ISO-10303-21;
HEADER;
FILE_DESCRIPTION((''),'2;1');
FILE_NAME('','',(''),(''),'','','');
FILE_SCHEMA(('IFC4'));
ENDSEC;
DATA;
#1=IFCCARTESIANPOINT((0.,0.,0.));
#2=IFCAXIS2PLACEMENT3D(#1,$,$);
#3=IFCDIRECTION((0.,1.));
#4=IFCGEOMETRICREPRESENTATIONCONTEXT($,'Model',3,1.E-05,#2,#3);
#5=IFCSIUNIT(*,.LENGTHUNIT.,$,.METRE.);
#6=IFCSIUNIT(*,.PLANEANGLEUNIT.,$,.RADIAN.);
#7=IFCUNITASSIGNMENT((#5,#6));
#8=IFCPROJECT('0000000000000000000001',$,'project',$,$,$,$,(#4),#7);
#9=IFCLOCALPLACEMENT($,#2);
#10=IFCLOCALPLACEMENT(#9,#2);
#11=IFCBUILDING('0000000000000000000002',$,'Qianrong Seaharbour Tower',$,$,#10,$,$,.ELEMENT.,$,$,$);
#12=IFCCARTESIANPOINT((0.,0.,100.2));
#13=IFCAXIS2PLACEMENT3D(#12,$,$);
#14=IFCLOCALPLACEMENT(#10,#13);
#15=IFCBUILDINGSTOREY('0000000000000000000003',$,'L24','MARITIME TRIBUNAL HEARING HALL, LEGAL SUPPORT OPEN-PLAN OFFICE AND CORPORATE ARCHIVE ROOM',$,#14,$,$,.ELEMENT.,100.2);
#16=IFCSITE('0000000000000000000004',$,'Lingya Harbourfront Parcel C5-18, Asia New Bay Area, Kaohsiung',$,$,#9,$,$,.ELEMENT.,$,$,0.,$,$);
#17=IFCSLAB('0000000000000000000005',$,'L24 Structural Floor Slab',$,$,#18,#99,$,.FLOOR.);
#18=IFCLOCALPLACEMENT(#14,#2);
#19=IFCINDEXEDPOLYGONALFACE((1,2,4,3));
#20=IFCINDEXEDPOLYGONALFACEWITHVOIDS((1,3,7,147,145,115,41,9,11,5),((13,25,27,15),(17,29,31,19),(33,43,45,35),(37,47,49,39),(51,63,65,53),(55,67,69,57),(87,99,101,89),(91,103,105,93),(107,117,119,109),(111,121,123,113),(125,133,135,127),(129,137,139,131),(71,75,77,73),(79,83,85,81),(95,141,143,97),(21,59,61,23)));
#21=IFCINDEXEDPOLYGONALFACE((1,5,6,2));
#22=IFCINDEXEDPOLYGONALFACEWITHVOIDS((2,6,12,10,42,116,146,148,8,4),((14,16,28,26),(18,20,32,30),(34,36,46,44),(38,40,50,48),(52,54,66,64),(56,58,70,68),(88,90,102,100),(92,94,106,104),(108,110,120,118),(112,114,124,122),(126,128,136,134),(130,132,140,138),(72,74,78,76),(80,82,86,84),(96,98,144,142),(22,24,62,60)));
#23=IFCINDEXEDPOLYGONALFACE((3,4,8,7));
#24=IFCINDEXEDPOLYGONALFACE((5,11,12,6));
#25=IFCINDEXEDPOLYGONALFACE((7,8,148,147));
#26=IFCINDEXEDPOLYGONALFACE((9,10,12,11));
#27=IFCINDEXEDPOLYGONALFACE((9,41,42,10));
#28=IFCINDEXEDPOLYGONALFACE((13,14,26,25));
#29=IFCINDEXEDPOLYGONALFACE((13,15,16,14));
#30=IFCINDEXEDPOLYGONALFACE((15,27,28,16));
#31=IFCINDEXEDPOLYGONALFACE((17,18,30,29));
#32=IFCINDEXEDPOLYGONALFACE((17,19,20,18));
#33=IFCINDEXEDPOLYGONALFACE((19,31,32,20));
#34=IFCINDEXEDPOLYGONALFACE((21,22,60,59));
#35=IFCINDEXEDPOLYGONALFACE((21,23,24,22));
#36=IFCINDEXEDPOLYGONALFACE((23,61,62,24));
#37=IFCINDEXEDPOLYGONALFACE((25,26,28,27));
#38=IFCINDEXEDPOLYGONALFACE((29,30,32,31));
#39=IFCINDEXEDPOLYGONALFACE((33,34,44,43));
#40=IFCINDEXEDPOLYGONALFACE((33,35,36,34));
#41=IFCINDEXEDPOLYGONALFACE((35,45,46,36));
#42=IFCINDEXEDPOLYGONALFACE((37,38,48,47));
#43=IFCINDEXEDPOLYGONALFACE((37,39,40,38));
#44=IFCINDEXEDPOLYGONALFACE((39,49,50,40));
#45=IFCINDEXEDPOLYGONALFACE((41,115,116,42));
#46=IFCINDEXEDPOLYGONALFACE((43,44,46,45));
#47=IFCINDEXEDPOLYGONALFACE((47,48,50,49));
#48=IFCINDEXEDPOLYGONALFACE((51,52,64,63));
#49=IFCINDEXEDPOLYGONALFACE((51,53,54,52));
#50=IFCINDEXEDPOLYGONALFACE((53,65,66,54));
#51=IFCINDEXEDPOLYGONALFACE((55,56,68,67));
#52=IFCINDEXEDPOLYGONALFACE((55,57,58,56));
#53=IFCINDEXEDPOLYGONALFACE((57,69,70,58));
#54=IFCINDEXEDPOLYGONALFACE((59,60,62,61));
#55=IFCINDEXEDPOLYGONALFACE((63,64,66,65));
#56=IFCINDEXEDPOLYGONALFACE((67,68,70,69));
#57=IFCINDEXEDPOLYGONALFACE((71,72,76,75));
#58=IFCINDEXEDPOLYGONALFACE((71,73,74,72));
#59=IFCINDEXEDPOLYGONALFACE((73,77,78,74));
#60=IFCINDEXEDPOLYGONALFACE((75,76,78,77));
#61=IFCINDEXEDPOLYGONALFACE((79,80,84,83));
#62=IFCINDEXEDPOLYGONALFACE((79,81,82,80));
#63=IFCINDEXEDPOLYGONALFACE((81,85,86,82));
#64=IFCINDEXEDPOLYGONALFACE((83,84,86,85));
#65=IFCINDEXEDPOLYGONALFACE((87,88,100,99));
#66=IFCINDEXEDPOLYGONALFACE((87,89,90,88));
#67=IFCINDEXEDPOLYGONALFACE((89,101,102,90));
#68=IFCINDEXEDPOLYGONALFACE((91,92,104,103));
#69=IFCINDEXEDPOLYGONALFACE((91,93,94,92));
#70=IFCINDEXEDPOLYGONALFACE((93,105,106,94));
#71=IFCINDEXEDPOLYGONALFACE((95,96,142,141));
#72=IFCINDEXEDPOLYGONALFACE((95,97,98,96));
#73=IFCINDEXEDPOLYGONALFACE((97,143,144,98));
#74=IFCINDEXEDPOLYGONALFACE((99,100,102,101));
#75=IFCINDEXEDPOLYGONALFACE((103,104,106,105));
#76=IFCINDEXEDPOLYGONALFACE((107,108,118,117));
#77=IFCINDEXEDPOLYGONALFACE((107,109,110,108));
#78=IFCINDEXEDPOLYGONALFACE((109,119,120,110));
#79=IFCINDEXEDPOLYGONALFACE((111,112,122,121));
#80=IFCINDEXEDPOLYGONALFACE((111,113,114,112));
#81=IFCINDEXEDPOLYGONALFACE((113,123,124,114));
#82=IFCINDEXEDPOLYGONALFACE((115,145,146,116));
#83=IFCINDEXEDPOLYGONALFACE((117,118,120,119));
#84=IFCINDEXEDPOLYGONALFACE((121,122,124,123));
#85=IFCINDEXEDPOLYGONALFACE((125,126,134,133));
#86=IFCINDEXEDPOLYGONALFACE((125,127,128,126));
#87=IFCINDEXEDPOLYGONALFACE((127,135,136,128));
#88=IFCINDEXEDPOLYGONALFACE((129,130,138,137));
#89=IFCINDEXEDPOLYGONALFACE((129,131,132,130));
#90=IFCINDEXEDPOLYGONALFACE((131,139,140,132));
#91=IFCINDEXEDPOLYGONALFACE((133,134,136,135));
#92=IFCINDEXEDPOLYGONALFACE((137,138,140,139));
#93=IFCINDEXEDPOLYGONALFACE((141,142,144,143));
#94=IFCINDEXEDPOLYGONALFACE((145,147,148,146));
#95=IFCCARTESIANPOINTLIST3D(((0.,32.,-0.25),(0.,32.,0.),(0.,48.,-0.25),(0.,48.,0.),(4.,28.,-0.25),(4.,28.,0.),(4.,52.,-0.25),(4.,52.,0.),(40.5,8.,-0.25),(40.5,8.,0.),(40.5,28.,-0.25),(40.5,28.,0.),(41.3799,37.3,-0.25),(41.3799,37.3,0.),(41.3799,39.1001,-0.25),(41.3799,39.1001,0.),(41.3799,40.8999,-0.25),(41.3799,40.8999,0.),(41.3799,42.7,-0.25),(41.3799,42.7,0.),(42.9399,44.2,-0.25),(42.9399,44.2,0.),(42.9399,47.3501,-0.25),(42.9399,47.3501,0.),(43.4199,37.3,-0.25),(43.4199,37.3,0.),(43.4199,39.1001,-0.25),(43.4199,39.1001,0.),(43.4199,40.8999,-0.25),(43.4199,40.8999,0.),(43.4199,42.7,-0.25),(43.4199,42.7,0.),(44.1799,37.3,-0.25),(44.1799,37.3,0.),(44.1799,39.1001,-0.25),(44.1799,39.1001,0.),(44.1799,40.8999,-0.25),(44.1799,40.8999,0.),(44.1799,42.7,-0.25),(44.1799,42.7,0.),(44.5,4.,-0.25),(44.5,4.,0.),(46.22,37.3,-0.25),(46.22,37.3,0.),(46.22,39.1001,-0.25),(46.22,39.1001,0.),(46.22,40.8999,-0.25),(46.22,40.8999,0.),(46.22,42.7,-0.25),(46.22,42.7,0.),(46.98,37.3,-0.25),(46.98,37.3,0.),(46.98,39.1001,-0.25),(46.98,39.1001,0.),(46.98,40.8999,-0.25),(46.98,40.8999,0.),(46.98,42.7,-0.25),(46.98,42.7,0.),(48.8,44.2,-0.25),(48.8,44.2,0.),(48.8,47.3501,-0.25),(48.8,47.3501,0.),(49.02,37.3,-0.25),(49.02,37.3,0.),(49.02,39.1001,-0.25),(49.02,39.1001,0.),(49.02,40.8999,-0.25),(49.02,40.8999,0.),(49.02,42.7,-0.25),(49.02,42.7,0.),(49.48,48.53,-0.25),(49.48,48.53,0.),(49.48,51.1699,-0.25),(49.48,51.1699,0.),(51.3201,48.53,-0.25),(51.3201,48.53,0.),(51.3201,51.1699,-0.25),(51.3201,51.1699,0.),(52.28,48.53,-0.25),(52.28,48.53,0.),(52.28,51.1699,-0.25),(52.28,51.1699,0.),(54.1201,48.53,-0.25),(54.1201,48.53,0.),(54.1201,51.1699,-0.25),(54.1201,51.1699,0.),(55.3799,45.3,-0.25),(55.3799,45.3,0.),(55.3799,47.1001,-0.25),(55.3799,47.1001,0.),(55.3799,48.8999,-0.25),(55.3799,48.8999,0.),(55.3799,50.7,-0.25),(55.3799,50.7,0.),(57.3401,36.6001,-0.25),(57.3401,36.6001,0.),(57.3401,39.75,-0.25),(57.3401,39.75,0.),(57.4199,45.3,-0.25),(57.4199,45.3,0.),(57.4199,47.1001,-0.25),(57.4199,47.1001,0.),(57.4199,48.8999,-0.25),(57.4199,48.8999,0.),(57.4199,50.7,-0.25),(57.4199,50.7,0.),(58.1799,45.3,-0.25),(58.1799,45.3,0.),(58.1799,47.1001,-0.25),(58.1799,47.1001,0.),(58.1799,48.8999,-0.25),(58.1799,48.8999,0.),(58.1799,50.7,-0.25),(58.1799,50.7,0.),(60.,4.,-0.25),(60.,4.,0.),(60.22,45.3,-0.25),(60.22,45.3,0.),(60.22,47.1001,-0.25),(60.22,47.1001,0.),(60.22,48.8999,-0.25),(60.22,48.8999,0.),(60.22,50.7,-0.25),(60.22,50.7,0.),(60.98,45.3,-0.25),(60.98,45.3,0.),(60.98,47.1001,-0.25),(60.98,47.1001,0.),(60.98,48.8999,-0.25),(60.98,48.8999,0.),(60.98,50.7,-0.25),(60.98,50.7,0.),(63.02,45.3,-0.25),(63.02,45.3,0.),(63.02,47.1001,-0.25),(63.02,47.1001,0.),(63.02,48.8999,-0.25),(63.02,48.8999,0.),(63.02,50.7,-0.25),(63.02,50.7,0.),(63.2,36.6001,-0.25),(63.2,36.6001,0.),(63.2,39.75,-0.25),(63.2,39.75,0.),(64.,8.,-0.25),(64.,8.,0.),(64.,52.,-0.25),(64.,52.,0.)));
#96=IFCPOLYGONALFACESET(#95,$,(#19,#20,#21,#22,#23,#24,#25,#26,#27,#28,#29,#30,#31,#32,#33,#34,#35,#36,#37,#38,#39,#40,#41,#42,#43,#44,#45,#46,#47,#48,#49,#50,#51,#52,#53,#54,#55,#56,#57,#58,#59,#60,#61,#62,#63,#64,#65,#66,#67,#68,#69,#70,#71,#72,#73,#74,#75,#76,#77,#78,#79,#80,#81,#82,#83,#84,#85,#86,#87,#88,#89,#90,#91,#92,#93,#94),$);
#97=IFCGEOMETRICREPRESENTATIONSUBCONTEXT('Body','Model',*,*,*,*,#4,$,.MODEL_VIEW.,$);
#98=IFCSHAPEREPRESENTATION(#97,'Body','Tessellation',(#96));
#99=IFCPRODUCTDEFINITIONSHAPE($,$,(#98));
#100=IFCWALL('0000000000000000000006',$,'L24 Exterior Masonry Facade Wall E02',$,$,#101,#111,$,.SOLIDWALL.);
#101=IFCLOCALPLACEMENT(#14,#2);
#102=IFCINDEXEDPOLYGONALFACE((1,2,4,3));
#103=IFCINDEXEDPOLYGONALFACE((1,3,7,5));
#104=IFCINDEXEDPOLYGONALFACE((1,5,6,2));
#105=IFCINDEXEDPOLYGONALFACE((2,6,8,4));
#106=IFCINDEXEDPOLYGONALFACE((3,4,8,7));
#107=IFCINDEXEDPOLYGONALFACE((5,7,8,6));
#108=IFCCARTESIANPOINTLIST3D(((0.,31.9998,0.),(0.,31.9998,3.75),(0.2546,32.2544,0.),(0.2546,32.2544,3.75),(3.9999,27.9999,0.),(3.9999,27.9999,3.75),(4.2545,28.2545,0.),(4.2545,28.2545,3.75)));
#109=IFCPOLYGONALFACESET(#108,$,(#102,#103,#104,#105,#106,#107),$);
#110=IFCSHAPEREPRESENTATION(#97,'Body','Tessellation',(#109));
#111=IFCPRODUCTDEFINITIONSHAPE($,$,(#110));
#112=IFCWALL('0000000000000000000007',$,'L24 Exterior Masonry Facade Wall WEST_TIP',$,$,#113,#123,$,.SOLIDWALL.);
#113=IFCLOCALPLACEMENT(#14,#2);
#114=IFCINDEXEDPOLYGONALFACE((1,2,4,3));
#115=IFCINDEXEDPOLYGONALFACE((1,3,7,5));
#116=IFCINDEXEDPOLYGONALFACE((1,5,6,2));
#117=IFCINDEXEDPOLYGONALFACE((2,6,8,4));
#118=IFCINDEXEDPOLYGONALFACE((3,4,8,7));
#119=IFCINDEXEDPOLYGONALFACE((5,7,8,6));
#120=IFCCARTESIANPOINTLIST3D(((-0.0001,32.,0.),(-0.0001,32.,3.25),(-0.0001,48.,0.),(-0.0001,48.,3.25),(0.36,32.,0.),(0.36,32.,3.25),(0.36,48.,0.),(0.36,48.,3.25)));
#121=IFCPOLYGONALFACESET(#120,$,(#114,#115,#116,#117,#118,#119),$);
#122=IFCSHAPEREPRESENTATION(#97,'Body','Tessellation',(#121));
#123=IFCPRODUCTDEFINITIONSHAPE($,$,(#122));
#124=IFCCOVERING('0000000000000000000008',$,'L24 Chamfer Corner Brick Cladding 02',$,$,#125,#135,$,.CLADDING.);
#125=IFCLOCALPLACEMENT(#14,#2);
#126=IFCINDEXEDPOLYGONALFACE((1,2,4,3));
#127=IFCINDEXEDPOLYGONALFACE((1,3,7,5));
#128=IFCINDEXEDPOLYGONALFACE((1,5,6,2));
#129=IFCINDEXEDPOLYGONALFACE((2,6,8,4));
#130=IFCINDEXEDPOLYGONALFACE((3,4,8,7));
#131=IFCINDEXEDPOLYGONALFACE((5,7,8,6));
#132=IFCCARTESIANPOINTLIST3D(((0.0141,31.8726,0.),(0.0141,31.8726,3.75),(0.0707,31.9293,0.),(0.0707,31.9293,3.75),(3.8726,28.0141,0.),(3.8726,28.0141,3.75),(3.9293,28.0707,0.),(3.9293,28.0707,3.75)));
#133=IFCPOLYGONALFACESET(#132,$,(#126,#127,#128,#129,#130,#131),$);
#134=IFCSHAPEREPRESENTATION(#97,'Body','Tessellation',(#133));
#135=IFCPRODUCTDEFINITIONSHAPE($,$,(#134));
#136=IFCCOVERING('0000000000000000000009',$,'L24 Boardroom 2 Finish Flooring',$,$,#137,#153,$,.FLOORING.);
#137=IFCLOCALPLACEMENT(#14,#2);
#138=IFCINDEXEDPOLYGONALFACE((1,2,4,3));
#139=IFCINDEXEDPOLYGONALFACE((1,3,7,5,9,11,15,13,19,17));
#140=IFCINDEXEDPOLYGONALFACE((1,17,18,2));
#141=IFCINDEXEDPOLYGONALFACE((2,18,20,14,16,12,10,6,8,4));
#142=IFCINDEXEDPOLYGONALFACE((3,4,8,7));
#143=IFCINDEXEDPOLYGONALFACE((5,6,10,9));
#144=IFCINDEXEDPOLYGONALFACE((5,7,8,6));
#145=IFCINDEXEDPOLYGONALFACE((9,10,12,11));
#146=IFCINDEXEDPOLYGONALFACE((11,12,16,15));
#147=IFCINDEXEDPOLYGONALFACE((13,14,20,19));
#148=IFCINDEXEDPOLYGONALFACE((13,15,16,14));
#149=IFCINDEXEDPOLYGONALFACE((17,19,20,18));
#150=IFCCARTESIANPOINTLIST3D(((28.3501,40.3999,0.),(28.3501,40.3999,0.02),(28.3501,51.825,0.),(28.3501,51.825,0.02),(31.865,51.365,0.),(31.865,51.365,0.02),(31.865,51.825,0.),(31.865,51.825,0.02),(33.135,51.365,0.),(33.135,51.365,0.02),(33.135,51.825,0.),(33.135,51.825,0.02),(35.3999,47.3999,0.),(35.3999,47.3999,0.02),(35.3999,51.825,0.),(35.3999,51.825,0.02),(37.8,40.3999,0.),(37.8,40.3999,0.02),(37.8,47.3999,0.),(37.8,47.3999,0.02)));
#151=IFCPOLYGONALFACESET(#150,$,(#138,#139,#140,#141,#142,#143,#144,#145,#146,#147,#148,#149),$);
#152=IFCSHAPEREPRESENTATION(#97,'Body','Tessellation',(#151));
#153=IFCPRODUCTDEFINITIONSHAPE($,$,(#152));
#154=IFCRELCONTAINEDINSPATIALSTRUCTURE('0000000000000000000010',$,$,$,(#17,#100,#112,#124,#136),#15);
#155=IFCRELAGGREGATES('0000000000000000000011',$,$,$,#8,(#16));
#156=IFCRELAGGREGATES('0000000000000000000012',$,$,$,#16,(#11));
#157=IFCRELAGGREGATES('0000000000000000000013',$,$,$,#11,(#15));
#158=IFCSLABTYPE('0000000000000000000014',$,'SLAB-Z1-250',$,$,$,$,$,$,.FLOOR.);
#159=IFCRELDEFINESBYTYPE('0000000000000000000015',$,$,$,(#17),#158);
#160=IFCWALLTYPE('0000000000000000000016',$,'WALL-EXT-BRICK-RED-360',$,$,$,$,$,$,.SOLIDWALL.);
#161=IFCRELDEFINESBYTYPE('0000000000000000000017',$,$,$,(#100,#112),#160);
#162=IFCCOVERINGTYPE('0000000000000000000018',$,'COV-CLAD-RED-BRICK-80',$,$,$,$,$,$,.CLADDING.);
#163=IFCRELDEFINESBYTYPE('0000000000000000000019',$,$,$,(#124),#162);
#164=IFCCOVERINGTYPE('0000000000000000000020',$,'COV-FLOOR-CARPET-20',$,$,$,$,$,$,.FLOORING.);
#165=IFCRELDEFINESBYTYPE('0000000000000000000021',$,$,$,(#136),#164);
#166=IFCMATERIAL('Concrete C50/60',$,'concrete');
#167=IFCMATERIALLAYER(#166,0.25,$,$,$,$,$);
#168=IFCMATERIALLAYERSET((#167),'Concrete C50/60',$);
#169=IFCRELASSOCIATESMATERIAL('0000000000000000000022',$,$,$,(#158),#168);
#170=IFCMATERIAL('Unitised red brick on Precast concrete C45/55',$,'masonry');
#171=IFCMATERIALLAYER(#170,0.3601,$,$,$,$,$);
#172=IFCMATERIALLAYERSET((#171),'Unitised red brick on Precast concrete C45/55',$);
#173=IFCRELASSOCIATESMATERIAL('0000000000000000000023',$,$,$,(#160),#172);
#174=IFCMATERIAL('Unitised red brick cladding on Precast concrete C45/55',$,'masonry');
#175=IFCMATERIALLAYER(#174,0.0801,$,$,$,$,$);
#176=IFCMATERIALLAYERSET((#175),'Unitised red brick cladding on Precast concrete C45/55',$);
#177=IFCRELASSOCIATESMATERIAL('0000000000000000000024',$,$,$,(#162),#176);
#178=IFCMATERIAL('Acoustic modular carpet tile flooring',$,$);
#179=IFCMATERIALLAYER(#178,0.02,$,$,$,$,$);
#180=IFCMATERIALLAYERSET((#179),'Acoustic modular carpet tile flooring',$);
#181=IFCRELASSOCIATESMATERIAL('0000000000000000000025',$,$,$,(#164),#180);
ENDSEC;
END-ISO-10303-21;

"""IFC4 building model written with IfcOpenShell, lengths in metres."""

from ifc_helpers import new_model, si_unit, direction, frame, frame_2d, origin, origin_2d, place, context, subcontext, project, spatial, polyline, rectangle, outline, extrude, material, layer, layer_set, type_object, element, save


model = new_model("IFC4")

# Units and contexts
model_context = context("Model", 3, precision=1e-05, world=origin(), true_north=direction((0.0, 1.0)))
body_context = subcontext(model_context, "Body", "Model", "MODEL_VIEW")
ifc_project = project(units=[si_unit("LENGTHUNIT", "METRE"), si_unit("PLANEANGLEUNIT", "RADIAN")], contexts=[model_context])

# Site, building, storey
site_placement = place(None, origin())
site = spatial("IfcSite", under=ifc_project, at=site_placement, Name="Lingya Harbourfront Parcel C5-18, Asia New Bay Area, Kaohsiung", CompositionType="ELEMENT", RefElevation=0.0)
building_placement = place(site_placement, origin())
building = spatial("IfcBuilding", under=site, at=building_placement, Name="Qianrong Seaharbour Tower", CompositionType="ELEMENT")
storey_placement = place(building_placement, frame((0.0, 0.0, 100.2)))
storey = spatial("IfcBuildingStorey", under=building, at=storey_placement, Name="L24", Description="MARITIME TRIBUNAL HEARING HALL, LEGAL SUPPORT OPEN-PLAN OFFICE AND CORPORATE ARCHIVE ROOM", CompositionType="ELEMENT", Elevation=100.2)

# Shared definitions
ifc_material_1 = material(Name="Concrete C50/60", Category="concrete")

# Slab
ifc_layer_1 = layer(ifc_material_1, 0.25)
ifc_layer_set_1 = layer_set([ifc_layer_1], Name="Concrete C50/60")
slab_type_1 = type_object("IfcSlabType", Name="SLAB-Z1-250", PredefinedType="FLOOR", material=ifc_layer_set_1)
slab_1_placement = place(storey_placement, frame((0.0, 0.0, -0.25)))
element("IfcSlab", 1, at=slab_1_placement, inside=storey, type_object=slab_type_1, Name="L24 Structural Floor Slab", PredefinedType="FLOOR", context=body_context, shape_type="SweptSolid", body=[
    extrude(outline(polyline([(44.5, 4.0), (60.0, 4.0), (64.0, 8.0), (64.0, 52.0), (4.0, 52.0), (0.0, 48.0), (0.0, 32.0), (4.0, 28.0), (40.5, 28.0), (40.5, 8.0), (44.5, 4.0)]), holes=[polyline([(42.9399, 44.2), (42.9399, 47.3501), (48.8, 47.3501), (48.8, 44.2), (42.9399, 44.2)]), polyline([(57.3401, 36.6001), (57.3401, 39.75), (63.2, 39.75), (63.2, 36.6001), (57.3401, 36.6001)]), polyline([(49.48, 48.53), (49.48, 51.1699), (51.3201, 51.1699), (51.3201, 48.53), (49.48, 48.53)]), polyline([(52.28, 48.53), (52.28, 51.1699), (54.1201, 51.1699), (54.1201, 48.53), (52.28, 48.53)]), polyline([(41.3799, 37.3), (41.3799, 39.1001), (43.4199, 39.1001), (43.4199, 37.3), (41.3799, 37.3)]), polyline([(44.1799, 37.3), (44.1799, 39.1001), (46.22, 39.1001), (46.22, 37.3), (44.1799, 37.3)]), polyline([(46.98, 37.3), (46.98, 39.1001), (49.02, 39.1001), (49.02, 37.3), (46.98, 37.3)]), polyline([(41.3799, 40.8999), (41.3799, 42.7), (43.4199, 42.7), (43.4199, 40.8999), (41.3799, 40.8999)]), polyline([(44.1799, 40.8999), (44.1799, 42.7), (46.22, 42.7), (46.22, 40.8999), (44.1799, 40.8999)]), polyline([(46.98, 40.8999), (46.98, 42.7), (49.02, 42.7), (49.02, 40.8999), (46.98, 40.8999)]), polyline([(55.3799, 45.3), (55.3799, 47.1001), (57.4199, 47.1001), (57.4199, 45.3), (55.3799, 45.3)]), polyline([(58.1799, 45.3), (58.1799, 47.1001), (60.22, 47.1001), (60.22, 45.3), (58.1799, 45.3)]), polyline([(60.98, 45.3), (60.98, 47.1001), (63.02, 47.1001), (63.02, 45.3), (60.98, 45.3)]), polyline([(55.3799, 48.8999), (55.3799, 50.7), (57.4199, 50.7), (57.4199, 48.8999), (55.3799, 48.8999)]), polyline([(58.1799, 48.8999), (58.1799, 50.7), (60.22, 50.7), (60.22, 48.8999), (58.1799, 48.8999)]), polyline([(60.98, 48.8999), (60.98, 50.7), (63.02, 50.7), (63.02, 48.8999), (60.98, 48.8999)])]), origin(), (0.0, 0.0, 1.0), 0.25),
])

# Walls
ifc_material_2 = material(Name="Unitised red brick on Precast concrete C45/55", Category="masonry")
ifc_layer_2 = layer(ifc_material_2, 0.3601)
ifc_layer_set_2 = layer_set([ifc_layer_2], Name="Unitised red brick on Precast concrete C45/55")
wall_type = type_object("IfcWallType", Name="WALL-EXT-BRICK-RED-360", PredefinedType="SOLIDWALL", material=ifc_layer_set_2)
wall_1_placement = place(storey_placement, frame((4.1272, 28.1272, 0.0), z_axis=(0.0, 0.0, 1.0), x_axis=(-0.707107, 0.707107, 0.0)))
element("IfcWall", 2, at=wall_1_placement, inside=storey, type_object=wall_type, Name="L24 Exterior Masonry Facade Wall E02", PredefinedType="SOLIDWALL", context=body_context, shape_type="SweptSolid", body=[
    extrude(rectangle(XDim=5.6567, YDim=0.3601, at=frame_2d((2.8284, 0.0))), origin(), (0.0, 0.0, 1.0), 3.75),
])
wall_2_placement = place(storey_placement, frame((0.1799, 32.0, 0.0), z_axis=(0.0, 0.0, 1.0), x_axis=(0.0, 1.0, 0.0)))
element("IfcWall", 3, at=wall_2_placement, inside=storey, type_object=wall_type, Name="L24 Exterior Masonry Facade Wall WEST_TIP", PredefinedType="SOLIDWALL", context=body_context, shape_type="SweptSolid", body=[
    extrude(rectangle(XDim=16.0, YDim=0.3601, at=frame_2d((8.0, 0.0))), origin(), (0.0, 0.0, 1.0), 3.25),
])

# Coverings
ifc_material_3 = material(Name="Unitised red brick cladding on Precast concrete C45/55", Category="masonry")
ifc_layer_3 = layer(ifc_material_3, 0.0801)
ifc_layer_set_3 = layer_set([ifc_layer_3], Name="Unitised red brick cladding on Precast concrete C45/55")
covering_type_1 = type_object("IfcCoveringType", Name="COV-CLAD-RED-BRICK-80", PredefinedType="CLADDING", material=ifc_layer_set_3)
covering_1_placement = place(storey_placement, frame((1.9717, 29.9717, 0.0), z_axis=(0.0, 0.0, 1.0), x_axis=(-0.707107, 0.707107, 0.0)))
element("IfcCovering", 4, at=covering_1_placement, inside=storey, type_object=covering_type_1, Name="L24 Chamfer Corner Brick Cladding 02", PredefinedType="CLADDING", context=body_context, shape_type="SweptSolid", body=[
    extrude(rectangle(XDim=5.4568, YDim=0.0801, at=origin_2d()), origin(), (0.0, 0.0, 1.0), 3.75),
])
ifc_material_4 = material(Name="Acoustic modular carpet tile flooring")
ifc_layer_4 = layer(ifc_material_4, 0.02)
ifc_layer_set_4 = layer_set([ifc_layer_4], Name="Acoustic modular carpet tile flooring")
covering_type_2 = type_object("IfcCoveringType", Name="COV-FLOOR-CARPET-20", PredefinedType="FLOORING", material=ifc_layer_set_4)
covering_2_placement = place(storey_placement, origin())
element("IfcCovering", 5, at=covering_2_placement, inside=storey, type_object=covering_type_2, Name="L24 Boardroom 2 Finish Flooring", PredefinedType="FLOORING", context=body_context, shape_type="SweptSolid", body=[
    extrude(outline(polyline([(28.3501, 51.825), (31.865, 51.825), (31.865, 51.365), (33.135, 51.365), (33.135, 51.825), (35.3999, 51.825), (35.3999, 47.3999), (37.8, 47.3999), (37.8, 40.3999), (28.3501, 40.3999), (28.3501, 51.825)])), origin(), (0.0, 0.0, 1.0), 0.02),
])

save(model, "model.ifc")
